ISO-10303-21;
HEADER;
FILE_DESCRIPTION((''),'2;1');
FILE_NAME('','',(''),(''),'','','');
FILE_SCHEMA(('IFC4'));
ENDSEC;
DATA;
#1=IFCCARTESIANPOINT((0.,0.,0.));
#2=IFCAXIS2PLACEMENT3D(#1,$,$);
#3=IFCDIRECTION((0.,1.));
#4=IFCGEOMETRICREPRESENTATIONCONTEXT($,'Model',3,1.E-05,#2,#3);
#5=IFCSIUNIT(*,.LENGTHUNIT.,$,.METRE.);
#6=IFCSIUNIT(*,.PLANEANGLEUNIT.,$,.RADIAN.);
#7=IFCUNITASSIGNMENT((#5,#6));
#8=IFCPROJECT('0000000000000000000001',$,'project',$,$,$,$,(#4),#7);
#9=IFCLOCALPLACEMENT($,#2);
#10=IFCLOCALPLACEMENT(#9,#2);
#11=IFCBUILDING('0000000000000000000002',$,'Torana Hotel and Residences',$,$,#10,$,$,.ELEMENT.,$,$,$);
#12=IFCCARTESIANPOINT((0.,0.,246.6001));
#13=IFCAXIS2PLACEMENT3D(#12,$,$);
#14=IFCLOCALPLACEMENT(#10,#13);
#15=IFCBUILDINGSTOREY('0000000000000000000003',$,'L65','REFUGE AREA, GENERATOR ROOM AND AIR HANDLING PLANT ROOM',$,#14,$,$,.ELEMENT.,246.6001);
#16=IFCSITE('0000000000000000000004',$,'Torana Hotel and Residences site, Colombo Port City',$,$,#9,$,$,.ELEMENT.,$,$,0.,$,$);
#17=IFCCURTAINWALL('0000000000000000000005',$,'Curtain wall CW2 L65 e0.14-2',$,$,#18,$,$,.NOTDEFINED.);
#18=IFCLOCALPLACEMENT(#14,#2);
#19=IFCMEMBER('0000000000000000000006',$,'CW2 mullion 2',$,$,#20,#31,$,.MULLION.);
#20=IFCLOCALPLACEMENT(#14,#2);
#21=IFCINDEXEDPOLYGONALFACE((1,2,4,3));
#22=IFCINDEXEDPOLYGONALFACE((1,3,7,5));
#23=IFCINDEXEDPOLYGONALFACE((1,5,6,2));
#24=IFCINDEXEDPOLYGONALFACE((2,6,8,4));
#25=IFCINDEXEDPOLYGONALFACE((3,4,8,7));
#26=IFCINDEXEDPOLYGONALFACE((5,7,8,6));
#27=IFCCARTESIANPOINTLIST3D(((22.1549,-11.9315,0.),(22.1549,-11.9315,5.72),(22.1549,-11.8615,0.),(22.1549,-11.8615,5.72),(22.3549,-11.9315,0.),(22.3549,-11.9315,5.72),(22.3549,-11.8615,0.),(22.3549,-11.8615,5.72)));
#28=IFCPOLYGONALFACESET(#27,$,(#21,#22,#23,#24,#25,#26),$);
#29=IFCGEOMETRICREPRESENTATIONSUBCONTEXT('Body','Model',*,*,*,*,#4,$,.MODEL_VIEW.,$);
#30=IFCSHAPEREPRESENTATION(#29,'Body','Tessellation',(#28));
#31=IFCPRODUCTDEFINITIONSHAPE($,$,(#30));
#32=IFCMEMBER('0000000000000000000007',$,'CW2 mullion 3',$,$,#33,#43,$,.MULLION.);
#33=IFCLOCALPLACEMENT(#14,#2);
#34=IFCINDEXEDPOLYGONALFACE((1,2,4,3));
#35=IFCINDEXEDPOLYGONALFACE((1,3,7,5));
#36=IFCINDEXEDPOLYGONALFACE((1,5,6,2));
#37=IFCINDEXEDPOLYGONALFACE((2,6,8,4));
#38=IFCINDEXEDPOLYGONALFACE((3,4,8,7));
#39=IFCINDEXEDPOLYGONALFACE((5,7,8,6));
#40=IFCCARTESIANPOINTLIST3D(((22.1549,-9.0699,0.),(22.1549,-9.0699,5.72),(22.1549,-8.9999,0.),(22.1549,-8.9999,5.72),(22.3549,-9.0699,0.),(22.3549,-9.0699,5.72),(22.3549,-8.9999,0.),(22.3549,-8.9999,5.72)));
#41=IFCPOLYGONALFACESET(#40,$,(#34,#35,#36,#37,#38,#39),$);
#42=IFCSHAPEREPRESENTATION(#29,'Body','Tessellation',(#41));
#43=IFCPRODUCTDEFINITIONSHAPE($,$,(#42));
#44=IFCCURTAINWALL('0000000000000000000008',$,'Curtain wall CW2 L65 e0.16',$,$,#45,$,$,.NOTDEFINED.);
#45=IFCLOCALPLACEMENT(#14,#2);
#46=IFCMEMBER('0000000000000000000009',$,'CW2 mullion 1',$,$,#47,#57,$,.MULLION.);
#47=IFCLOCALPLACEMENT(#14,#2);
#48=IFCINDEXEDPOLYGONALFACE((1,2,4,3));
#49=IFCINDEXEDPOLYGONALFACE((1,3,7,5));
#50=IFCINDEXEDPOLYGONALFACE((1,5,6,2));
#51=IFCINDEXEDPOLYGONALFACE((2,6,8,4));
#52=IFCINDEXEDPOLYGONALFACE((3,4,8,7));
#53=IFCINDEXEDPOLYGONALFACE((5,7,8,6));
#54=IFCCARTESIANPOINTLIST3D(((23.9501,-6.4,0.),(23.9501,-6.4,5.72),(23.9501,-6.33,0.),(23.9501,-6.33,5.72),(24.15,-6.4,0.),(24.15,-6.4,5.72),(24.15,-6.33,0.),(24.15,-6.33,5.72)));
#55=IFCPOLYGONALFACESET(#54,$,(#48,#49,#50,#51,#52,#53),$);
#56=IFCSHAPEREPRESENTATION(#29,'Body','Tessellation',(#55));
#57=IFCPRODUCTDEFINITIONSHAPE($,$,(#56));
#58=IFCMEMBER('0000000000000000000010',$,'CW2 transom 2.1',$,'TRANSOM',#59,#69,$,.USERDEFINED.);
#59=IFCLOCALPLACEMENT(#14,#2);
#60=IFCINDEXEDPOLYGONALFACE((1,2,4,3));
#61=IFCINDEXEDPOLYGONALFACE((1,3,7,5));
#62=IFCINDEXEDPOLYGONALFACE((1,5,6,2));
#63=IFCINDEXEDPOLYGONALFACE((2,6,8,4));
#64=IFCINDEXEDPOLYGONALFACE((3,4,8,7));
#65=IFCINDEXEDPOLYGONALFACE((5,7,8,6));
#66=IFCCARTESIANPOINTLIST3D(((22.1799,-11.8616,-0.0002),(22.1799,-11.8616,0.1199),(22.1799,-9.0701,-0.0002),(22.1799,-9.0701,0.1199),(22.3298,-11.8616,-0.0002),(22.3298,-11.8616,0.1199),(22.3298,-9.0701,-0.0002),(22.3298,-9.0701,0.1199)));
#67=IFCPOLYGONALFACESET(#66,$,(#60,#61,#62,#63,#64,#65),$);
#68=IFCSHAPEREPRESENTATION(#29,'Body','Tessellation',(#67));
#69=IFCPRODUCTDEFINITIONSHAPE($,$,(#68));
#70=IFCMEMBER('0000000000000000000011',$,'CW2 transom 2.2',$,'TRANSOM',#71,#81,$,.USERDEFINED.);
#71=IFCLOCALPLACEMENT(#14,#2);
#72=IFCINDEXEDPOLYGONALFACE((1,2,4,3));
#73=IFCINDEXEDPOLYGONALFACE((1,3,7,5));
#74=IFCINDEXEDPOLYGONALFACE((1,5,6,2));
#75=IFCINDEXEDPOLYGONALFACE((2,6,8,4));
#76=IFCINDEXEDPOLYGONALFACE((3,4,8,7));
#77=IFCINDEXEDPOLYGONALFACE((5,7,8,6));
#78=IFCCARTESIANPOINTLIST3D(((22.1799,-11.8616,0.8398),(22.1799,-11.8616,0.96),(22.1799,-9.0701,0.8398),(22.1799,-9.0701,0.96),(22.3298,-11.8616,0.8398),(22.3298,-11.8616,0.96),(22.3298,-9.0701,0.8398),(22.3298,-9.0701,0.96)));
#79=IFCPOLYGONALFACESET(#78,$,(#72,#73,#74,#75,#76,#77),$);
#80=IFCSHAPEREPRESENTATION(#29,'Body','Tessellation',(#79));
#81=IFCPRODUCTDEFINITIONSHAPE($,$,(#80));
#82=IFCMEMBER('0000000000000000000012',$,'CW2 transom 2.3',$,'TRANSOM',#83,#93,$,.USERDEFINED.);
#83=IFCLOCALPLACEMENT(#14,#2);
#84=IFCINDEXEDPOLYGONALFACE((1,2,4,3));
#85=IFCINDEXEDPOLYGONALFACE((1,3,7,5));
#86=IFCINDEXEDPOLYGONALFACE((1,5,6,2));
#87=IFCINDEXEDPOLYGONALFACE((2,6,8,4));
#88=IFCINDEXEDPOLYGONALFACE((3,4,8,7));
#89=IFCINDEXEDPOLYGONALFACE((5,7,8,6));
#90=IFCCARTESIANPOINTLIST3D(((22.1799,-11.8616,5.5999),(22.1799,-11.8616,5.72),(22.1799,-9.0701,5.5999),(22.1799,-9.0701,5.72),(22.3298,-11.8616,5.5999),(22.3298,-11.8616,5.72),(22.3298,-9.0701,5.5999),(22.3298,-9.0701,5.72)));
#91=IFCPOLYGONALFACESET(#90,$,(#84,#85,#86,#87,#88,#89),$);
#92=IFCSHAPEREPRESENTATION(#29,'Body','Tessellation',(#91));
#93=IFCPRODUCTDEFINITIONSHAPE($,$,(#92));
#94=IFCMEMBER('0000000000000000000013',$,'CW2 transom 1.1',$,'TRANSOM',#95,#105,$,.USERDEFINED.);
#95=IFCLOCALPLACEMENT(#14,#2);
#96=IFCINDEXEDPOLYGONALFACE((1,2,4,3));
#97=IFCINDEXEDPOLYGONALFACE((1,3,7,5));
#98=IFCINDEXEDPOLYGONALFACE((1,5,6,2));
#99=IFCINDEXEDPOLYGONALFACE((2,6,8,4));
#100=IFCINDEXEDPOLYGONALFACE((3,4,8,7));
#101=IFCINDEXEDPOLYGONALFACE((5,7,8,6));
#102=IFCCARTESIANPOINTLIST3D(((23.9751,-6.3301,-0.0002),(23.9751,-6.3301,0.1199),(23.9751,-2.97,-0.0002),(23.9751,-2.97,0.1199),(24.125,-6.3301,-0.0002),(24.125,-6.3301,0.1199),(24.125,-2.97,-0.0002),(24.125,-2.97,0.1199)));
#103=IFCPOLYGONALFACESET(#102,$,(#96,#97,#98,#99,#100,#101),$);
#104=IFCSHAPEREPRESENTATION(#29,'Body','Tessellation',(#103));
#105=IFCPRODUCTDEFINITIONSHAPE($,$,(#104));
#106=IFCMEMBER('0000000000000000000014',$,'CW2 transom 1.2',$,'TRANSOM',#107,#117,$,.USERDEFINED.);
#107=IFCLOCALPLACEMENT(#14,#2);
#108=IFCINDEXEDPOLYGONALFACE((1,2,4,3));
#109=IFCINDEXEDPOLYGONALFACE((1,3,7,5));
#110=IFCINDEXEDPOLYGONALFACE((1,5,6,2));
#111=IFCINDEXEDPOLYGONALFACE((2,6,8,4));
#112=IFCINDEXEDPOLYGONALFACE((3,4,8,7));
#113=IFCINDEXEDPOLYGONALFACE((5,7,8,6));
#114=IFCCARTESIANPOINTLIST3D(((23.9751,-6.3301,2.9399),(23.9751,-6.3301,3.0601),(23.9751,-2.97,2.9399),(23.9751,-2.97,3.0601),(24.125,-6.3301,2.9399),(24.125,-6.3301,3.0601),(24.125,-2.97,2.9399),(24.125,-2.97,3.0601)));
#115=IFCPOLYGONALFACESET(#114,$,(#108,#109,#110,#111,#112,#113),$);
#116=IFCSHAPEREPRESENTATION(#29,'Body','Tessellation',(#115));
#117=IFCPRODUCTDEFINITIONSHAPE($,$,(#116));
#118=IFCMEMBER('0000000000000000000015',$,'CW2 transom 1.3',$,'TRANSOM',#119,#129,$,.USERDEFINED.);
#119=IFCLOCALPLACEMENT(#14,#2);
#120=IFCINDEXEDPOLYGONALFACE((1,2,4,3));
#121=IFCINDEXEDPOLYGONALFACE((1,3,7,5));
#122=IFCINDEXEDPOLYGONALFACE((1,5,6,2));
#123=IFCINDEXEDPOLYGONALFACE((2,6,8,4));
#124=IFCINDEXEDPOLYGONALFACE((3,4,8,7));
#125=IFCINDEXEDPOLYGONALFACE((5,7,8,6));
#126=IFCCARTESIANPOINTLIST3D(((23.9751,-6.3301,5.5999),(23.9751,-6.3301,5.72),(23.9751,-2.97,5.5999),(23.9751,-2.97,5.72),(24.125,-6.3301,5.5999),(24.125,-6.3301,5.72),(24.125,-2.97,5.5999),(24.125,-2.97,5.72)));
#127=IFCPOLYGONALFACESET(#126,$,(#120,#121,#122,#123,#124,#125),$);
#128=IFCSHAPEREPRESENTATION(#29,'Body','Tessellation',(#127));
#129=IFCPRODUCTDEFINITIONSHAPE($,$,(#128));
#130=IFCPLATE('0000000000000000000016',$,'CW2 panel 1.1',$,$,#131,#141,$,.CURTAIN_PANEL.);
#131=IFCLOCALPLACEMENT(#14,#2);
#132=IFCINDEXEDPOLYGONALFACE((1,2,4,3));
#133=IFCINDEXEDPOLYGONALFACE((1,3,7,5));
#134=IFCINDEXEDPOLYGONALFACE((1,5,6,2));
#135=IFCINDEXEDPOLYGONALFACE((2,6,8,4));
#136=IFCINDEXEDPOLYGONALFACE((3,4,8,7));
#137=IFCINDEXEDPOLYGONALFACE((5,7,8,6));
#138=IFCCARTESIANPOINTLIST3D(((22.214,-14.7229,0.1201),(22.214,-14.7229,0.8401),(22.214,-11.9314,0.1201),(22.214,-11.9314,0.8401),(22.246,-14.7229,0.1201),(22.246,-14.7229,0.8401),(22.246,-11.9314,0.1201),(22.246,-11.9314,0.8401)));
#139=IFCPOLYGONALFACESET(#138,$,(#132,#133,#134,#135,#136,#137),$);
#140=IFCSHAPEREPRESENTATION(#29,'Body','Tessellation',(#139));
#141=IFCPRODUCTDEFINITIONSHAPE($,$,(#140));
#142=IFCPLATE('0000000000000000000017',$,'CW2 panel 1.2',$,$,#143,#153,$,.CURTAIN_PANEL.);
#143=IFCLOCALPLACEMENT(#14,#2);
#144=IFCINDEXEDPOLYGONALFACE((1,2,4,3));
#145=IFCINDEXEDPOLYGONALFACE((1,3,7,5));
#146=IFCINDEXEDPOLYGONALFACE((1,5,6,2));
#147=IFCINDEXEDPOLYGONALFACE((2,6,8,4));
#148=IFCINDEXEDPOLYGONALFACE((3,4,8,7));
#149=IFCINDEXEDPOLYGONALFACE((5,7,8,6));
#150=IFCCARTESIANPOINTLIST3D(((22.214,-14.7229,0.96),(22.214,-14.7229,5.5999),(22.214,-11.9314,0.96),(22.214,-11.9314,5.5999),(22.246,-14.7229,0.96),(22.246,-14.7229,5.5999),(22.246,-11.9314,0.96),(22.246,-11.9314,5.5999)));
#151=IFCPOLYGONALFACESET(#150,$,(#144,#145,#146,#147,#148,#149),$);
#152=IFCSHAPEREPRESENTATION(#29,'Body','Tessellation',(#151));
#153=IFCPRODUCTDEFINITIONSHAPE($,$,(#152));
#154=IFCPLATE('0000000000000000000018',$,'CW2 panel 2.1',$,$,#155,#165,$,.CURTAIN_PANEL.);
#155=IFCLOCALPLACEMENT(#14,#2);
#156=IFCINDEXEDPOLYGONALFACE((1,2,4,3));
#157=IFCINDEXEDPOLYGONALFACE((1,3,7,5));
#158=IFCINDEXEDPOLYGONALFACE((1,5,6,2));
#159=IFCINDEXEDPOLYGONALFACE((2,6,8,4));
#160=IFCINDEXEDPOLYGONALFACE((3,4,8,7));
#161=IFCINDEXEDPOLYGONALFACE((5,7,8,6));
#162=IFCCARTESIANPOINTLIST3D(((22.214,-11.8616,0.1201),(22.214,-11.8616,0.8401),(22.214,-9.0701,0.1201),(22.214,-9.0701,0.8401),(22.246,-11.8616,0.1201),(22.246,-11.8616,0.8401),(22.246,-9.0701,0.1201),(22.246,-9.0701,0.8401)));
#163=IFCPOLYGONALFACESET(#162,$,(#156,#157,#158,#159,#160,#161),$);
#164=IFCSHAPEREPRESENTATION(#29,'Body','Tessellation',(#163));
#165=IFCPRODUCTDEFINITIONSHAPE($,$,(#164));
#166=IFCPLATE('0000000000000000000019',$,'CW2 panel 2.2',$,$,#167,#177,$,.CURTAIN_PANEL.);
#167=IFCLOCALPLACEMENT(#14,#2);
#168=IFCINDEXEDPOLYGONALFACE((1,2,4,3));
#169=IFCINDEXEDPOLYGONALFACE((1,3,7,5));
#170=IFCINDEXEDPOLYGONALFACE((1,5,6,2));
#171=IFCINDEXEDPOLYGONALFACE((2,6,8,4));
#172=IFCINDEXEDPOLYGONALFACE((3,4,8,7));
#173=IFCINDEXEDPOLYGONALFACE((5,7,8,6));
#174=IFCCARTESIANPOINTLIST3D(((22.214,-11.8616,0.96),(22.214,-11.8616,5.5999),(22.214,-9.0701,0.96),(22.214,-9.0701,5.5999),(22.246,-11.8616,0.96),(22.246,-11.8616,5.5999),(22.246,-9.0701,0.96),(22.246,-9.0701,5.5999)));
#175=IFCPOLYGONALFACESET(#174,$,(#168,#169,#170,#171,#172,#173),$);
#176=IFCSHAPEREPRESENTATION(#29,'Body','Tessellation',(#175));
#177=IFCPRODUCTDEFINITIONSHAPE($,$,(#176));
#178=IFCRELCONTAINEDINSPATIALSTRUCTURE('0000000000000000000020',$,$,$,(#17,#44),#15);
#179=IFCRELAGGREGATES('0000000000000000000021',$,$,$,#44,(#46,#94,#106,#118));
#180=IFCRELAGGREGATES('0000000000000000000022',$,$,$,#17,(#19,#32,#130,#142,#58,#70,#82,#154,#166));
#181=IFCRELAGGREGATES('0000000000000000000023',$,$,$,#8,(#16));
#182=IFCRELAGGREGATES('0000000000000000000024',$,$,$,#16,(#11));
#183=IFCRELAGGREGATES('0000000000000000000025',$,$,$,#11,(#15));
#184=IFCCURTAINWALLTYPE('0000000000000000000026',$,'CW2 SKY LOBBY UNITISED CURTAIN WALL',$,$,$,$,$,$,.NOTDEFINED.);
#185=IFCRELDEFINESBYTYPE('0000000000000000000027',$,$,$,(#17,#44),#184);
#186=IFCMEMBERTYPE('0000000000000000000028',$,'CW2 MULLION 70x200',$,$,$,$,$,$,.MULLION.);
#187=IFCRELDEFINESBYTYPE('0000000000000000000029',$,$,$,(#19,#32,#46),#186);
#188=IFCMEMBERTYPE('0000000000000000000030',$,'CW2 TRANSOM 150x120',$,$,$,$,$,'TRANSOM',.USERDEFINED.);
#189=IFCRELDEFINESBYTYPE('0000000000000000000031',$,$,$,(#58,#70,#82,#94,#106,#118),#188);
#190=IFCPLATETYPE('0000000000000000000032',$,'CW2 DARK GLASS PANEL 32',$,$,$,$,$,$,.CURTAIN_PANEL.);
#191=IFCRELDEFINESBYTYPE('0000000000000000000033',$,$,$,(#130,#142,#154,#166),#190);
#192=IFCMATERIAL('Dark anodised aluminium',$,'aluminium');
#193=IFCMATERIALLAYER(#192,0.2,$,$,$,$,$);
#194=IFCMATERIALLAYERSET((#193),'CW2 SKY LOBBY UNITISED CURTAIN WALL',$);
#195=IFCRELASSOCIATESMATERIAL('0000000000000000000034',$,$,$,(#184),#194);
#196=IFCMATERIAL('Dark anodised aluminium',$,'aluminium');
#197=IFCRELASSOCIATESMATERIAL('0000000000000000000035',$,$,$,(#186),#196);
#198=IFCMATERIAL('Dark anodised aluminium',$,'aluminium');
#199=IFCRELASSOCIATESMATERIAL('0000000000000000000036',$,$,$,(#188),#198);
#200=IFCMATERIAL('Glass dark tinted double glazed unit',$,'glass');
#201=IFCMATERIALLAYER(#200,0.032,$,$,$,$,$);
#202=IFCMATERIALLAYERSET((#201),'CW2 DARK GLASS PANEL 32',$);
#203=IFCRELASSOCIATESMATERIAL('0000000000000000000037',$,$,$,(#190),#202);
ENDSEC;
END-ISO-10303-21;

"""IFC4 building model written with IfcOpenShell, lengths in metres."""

from ifc_helpers import new_model, si_unit, direction, frame, origin, origin_2d, place, context, subcontext, project, spatial, rectangle, extrude, material, layer, layer_set, material_profile, profile_set, type_object, element, aggregate, save


model = new_model("IFC4")

# Units and contexts
model_context = context("Model", 3, precision=1e-05, world=origin(), true_north=direction((0.0, 1.0)))
body_context = subcontext(model_context, "Body", "Model", "MODEL_VIEW")
ifc_project = project(units=[si_unit("LENGTHUNIT", "METRE"), si_unit("PLANEANGLEUNIT", "RADIAN")], contexts=[model_context])

# Site, building, storey
site_placement = place(None, origin())
site = spatial("IfcSite", under=ifc_project, at=site_placement, Name="Torana Hotel and Residences site, Colombo Port City", CompositionType="ELEMENT", RefElevation=0.0)
building_placement = place(site_placement, origin())
building = spatial("IfcBuilding", under=site, at=building_placement, Name="Torana Hotel and Residences", CompositionType="ELEMENT")
storey_placement = place(building_placement, frame((0.0, 0.0, 246.6001)))
storey = spatial("IfcBuildingStorey", under=building, at=storey_placement, Name="L65", Description="REFUGE AREA, GENERATOR ROOM AND AIR HANDLING PLANT ROOM", CompositionType="ELEMENT", Elevation=246.6001)

# Curtain wall, members
ifc_material_1 = material(Name="Dark anodised aluminium", Category="aluminium")
ifc_layer_1 = layer(ifc_material_1, 0.2)
ifc_layer_set_1 = layer_set([ifc_layer_1], Name="CW2 SKY LOBBY UNITISED CURTAIN WALL")
curtain_wall_type = type_object("IfcCurtainWallType", Name="CW2 SKY LOBBY UNITISED CURTAIN WALL", PredefinedType="NOTDEFINED", material=ifc_layer_set_1)
curtain_wall_1_placement = place(storey_placement, origin())
curtain_wall_1 = element("IfcCurtainWall", 1, at=curtain_wall_1_placement, inside=storey, type_object=curtain_wall_type, Name="Curtain wall CW2 L65 e0.14-2", PredefinedType="NOTDEFINED")
ifc_material_2 = material(Name="Dark anodised aluminium", Category="aluminium")
ifc_material_profile_1 = material_profile(ifc_material_2, rectangle(XDim=0.2, YDim=0.0701, at=origin_2d()), Name="CW2 MULLION 70x200")
ifc_profile_set_1 = profile_set([ifc_material_profile_1], Name="Dark anodised aluminium")
member_type_1 = type_object("IfcMemberType", Name="CW2 MULLION 70x200", PredefinedType="MULLION", material=ifc_profile_set_1)
member_1_placement = place(storey_placement, frame((22.2549, -11.8965, 0.0), z_axis=(0.0, 0.0, 1.0), x_axis=(-1.0, 0.0, 0.0)))
member_1 = element("IfcMember", 2, at=member_1_placement, type_object=member_type_1, Name="CW2 mullion 2", PredefinedType="MULLION", context=body_context, shape_type="SweptSolid", body=[
    extrude(rectangle(XDim=0.2, YDim=0.0701, at=origin_2d()), origin(), (0.0, 0.0, 1.0), 5.72),
])
member_2_placement = place(storey_placement, frame((22.2549, -9.0349, 0.0), z_axis=(0.0, 0.0, 1.0), x_axis=(-1.0, 0.0, 0.0)))
member_2 = element("IfcMember", 3, at=member_2_placement, type_object=member_type_1, Name="CW2 mullion 3", PredefinedType="MULLION", context=body_context, shape_type="SweptSolid", body=[
    extrude(rectangle(XDim=0.2, YDim=0.0701, at=origin_2d()), origin(), (0.0, 0.0, 1.0), 5.72),
])

# Curtain wall, member
curtain_wall_2_placement = place(storey_placement, origin())
curtain_wall_2 = element("IfcCurtainWall", 4, at=curtain_wall_2_placement, inside=storey, type_object=curtain_wall_type, Name="Curtain wall CW2 L65 e0.16", PredefinedType="NOTDEFINED")
member_3_placement = place(storey_placement, frame((24.05, -6.365, 0.0), z_axis=(0.0, 0.0, 1.0), x_axis=(-1.0, 0.0, 0.0)))
member_3 = element("IfcMember", 5, at=member_3_placement, type_object=member_type_1, Name="CW2 mullion 1", PredefinedType="MULLION", context=body_context, shape_type="SweptSolid", body=[
    extrude(rectangle(XDim=0.2, YDim=0.0701, at=origin_2d()), origin(), (0.0, 0.0, 1.0), 5.72),
])

# Members
ifc_material_3 = material(Name="Dark anodised aluminium", Category="aluminium")
ifc_material_profile_2 = material_profile(ifc_material_3, rectangle(XDim=0.1499, YDim=0.1201, at=origin_2d()), Name="CW2 TRANSOM 150x120")
ifc_profile_set_2 = profile_set([ifc_material_profile_2], Name="Dark anodised aluminium")
member_type_2 = type_object("IfcMemberType", Name="CW2 TRANSOM 150x120", ElementType="TRANSOM", PredefinedType="USERDEFINED", material=ifc_profile_set_2)
member_4_placement = place(storey_placement, frame((22.2549, -11.8616, 0.0598), z_axis=(0.0, 1.0, 0.0), x_axis=(-1.0, 0.0, 0.0)))
member_4 = element("IfcMember", 6, at=member_4_placement, type_object=member_type_2, Name="CW2 transom 2.1", ObjectType="TRANSOM", PredefinedType="USERDEFINED", context=body_context, shape_type="SweptSolid", body=[
    extrude(rectangle(XDim=0.1499, YDim=0.1201, at=origin_2d()), origin(), (0.0, 0.0, 1.0), 2.7915),
])
member_5_placement = place(storey_placement, frame((22.2549, -11.8616, 0.8999), z_axis=(0.0, 1.0, 0.0), x_axis=(-1.0, 0.0, 0.0)))
member_5 = element("IfcMember", 7, at=member_5_placement, type_object=member_type_2, Name="CW2 transom 2.2", ObjectType="TRANSOM", PredefinedType="USERDEFINED", context=body_context, shape_type="SweptSolid", body=[
    extrude(rectangle(XDim=0.1499, YDim=0.1201, at=origin_2d()), origin(), (0.0, 0.0, 1.0), 2.7915),
])
member_6_placement = place(storey_placement, frame((22.2549, -11.8616, 5.6599), z_axis=(0.0, 1.0, 0.0), x_axis=(-1.0, 0.0, 0.0)))
member_6 = element("IfcMember", 8, at=member_6_placement, type_object=member_type_2, Name="CW2 transom 2.3", ObjectType="TRANSOM", PredefinedType="USERDEFINED", context=body_context, shape_type="SweptSolid", body=[
    extrude(rectangle(XDim=0.1499, YDim=0.1201, at=origin_2d()), origin(), (0.0, 0.0, 1.0), 2.7915),
])
member_7_placement = place(storey_placement, frame((24.05, -6.3301, 0.0598), z_axis=(0.0, 1.0, 0.0), x_axis=(-1.0, 0.0, 0.0)))
member_7 = element("IfcMember", 9, at=member_7_placement, type_object=member_type_2, Name="CW2 transom 1.1", ObjectType="TRANSOM", PredefinedType="USERDEFINED", context=body_context, shape_type="SweptSolid", body=[
    extrude(rectangle(XDim=0.1499, YDim=0.1201, at=origin_2d()), origin(), (0.0, 0.0, 1.0), 3.3601),
])
member_8_placement = place(storey_placement, frame((24.05, -6.3301, 3.0), z_axis=(0.0, 1.0, 0.0), x_axis=(-1.0, 0.0, 0.0)))
member_8 = element("IfcMember", 10, at=member_8_placement, type_object=member_type_2, Name="CW2 transom 1.2", ObjectType="TRANSOM", PredefinedType="USERDEFINED", context=body_context, shape_type="SweptSolid", body=[
    extrude(rectangle(XDim=0.1499, YDim=0.1201, at=origin_2d()), origin(), (0.0, 0.0, 1.0), 3.3601),
])
member_9_placement = place(storey_placement, frame((24.05, -6.3301, 5.6599), z_axis=(0.0, 1.0, 0.0), x_axis=(-1.0, 0.0, 0.0)))
member_9 = element("IfcMember", 11, at=member_9_placement, type_object=member_type_2, Name="CW2 transom 1.3", ObjectType="TRANSOM", PredefinedType="USERDEFINED", context=body_context, shape_type="SweptSolid", body=[
    extrude(rectangle(XDim=0.1499, YDim=0.1201, at=origin_2d()), origin(), (0.0, 0.0, 1.0), 3.3601),
])
aggregate(curtain_wall_2, [member_3, member_7, member_8, member_9])

# Plates
ifc_material_4 = material(Name="Glass dark tinted double glazed unit", Category="glass")
ifc_layer_2 = layer(ifc_material_4, 0.032)
ifc_layer_set_2 = layer_set([ifc_layer_2], Name="CW2 DARK GLASS PANEL 32")
plate_type = type_object("IfcPlateType", Name="CW2 DARK GLASS PANEL 32", PredefinedType="CURTAIN_PANEL", material=ifc_layer_set_2)
plate_1_placement = place(storey_placement, frame((22.23, -13.3271, 0.1201), z_axis=(0.0, 0.0, 1.0), x_axis=(0.0, 1.0, 0.0)))
plate_1 = element("IfcPlate", 12, at=plate_1_placement, type_object=plate_type, Name="CW2 panel 1.1", PredefinedType="CURTAIN_PANEL", context=body_context, shape_type="SweptSolid", body=[
    extrude(rectangle(XDim=2.7915, YDim=0.032, at=origin_2d()), origin(), (0.0, 0.0, 1.0), 0.72),
])
plate_2_placement = place(storey_placement, frame((22.23, -13.3271, 0.96), z_axis=(0.0, 0.0, 1.0), x_axis=(0.0, 1.0, 0.0)))
plate_2 = element("IfcPlate", 13, at=plate_2_placement, type_object=plate_type, Name="CW2 panel 1.2", PredefinedType="CURTAIN_PANEL", context=body_context, shape_type="SweptSolid", body=[
    extrude(rectangle(XDim=2.7915, YDim=0.032, at=origin_2d()), origin(), (0.0, 0.0, 1.0), 4.6399),
])
plate_3_placement = place(storey_placement, frame((22.23, -10.4658, 0.1201), z_axis=(0.0, 0.0, 1.0), x_axis=(0.0, 1.0, 0.0)))
plate_3 = element("IfcPlate", 14, at=plate_3_placement, type_object=plate_type, Name="CW2 panel 2.1", PredefinedType="CURTAIN_PANEL", context=body_context, shape_type="SweptSolid", body=[
    extrude(rectangle(XDim=2.7915, YDim=0.032, at=origin_2d()), origin(), (0.0, 0.0, 1.0), 0.72),
])
plate_4_placement = place(storey_placement, frame((22.23, -10.4658, 0.96), z_axis=(0.0, 0.0, 1.0), x_axis=(0.0, 1.0, 0.0)))
plate_4 = element("IfcPlate", 15, at=plate_4_placement, type_object=plate_type, Name="CW2 panel 2.2", PredefinedType="CURTAIN_PANEL", context=body_context, shape_type="SweptSolid", body=[
    extrude(rectangle(XDim=2.7915, YDim=0.032, at=origin_2d()), origin(), (0.0, 0.0, 1.0), 4.6399),
])
aggregate(curtain_wall_1, [member_1, member_2, plate_1, plate_2, member_4, member_5, member_6, plate_3, plate_4])

save(model, "model.ifc")
